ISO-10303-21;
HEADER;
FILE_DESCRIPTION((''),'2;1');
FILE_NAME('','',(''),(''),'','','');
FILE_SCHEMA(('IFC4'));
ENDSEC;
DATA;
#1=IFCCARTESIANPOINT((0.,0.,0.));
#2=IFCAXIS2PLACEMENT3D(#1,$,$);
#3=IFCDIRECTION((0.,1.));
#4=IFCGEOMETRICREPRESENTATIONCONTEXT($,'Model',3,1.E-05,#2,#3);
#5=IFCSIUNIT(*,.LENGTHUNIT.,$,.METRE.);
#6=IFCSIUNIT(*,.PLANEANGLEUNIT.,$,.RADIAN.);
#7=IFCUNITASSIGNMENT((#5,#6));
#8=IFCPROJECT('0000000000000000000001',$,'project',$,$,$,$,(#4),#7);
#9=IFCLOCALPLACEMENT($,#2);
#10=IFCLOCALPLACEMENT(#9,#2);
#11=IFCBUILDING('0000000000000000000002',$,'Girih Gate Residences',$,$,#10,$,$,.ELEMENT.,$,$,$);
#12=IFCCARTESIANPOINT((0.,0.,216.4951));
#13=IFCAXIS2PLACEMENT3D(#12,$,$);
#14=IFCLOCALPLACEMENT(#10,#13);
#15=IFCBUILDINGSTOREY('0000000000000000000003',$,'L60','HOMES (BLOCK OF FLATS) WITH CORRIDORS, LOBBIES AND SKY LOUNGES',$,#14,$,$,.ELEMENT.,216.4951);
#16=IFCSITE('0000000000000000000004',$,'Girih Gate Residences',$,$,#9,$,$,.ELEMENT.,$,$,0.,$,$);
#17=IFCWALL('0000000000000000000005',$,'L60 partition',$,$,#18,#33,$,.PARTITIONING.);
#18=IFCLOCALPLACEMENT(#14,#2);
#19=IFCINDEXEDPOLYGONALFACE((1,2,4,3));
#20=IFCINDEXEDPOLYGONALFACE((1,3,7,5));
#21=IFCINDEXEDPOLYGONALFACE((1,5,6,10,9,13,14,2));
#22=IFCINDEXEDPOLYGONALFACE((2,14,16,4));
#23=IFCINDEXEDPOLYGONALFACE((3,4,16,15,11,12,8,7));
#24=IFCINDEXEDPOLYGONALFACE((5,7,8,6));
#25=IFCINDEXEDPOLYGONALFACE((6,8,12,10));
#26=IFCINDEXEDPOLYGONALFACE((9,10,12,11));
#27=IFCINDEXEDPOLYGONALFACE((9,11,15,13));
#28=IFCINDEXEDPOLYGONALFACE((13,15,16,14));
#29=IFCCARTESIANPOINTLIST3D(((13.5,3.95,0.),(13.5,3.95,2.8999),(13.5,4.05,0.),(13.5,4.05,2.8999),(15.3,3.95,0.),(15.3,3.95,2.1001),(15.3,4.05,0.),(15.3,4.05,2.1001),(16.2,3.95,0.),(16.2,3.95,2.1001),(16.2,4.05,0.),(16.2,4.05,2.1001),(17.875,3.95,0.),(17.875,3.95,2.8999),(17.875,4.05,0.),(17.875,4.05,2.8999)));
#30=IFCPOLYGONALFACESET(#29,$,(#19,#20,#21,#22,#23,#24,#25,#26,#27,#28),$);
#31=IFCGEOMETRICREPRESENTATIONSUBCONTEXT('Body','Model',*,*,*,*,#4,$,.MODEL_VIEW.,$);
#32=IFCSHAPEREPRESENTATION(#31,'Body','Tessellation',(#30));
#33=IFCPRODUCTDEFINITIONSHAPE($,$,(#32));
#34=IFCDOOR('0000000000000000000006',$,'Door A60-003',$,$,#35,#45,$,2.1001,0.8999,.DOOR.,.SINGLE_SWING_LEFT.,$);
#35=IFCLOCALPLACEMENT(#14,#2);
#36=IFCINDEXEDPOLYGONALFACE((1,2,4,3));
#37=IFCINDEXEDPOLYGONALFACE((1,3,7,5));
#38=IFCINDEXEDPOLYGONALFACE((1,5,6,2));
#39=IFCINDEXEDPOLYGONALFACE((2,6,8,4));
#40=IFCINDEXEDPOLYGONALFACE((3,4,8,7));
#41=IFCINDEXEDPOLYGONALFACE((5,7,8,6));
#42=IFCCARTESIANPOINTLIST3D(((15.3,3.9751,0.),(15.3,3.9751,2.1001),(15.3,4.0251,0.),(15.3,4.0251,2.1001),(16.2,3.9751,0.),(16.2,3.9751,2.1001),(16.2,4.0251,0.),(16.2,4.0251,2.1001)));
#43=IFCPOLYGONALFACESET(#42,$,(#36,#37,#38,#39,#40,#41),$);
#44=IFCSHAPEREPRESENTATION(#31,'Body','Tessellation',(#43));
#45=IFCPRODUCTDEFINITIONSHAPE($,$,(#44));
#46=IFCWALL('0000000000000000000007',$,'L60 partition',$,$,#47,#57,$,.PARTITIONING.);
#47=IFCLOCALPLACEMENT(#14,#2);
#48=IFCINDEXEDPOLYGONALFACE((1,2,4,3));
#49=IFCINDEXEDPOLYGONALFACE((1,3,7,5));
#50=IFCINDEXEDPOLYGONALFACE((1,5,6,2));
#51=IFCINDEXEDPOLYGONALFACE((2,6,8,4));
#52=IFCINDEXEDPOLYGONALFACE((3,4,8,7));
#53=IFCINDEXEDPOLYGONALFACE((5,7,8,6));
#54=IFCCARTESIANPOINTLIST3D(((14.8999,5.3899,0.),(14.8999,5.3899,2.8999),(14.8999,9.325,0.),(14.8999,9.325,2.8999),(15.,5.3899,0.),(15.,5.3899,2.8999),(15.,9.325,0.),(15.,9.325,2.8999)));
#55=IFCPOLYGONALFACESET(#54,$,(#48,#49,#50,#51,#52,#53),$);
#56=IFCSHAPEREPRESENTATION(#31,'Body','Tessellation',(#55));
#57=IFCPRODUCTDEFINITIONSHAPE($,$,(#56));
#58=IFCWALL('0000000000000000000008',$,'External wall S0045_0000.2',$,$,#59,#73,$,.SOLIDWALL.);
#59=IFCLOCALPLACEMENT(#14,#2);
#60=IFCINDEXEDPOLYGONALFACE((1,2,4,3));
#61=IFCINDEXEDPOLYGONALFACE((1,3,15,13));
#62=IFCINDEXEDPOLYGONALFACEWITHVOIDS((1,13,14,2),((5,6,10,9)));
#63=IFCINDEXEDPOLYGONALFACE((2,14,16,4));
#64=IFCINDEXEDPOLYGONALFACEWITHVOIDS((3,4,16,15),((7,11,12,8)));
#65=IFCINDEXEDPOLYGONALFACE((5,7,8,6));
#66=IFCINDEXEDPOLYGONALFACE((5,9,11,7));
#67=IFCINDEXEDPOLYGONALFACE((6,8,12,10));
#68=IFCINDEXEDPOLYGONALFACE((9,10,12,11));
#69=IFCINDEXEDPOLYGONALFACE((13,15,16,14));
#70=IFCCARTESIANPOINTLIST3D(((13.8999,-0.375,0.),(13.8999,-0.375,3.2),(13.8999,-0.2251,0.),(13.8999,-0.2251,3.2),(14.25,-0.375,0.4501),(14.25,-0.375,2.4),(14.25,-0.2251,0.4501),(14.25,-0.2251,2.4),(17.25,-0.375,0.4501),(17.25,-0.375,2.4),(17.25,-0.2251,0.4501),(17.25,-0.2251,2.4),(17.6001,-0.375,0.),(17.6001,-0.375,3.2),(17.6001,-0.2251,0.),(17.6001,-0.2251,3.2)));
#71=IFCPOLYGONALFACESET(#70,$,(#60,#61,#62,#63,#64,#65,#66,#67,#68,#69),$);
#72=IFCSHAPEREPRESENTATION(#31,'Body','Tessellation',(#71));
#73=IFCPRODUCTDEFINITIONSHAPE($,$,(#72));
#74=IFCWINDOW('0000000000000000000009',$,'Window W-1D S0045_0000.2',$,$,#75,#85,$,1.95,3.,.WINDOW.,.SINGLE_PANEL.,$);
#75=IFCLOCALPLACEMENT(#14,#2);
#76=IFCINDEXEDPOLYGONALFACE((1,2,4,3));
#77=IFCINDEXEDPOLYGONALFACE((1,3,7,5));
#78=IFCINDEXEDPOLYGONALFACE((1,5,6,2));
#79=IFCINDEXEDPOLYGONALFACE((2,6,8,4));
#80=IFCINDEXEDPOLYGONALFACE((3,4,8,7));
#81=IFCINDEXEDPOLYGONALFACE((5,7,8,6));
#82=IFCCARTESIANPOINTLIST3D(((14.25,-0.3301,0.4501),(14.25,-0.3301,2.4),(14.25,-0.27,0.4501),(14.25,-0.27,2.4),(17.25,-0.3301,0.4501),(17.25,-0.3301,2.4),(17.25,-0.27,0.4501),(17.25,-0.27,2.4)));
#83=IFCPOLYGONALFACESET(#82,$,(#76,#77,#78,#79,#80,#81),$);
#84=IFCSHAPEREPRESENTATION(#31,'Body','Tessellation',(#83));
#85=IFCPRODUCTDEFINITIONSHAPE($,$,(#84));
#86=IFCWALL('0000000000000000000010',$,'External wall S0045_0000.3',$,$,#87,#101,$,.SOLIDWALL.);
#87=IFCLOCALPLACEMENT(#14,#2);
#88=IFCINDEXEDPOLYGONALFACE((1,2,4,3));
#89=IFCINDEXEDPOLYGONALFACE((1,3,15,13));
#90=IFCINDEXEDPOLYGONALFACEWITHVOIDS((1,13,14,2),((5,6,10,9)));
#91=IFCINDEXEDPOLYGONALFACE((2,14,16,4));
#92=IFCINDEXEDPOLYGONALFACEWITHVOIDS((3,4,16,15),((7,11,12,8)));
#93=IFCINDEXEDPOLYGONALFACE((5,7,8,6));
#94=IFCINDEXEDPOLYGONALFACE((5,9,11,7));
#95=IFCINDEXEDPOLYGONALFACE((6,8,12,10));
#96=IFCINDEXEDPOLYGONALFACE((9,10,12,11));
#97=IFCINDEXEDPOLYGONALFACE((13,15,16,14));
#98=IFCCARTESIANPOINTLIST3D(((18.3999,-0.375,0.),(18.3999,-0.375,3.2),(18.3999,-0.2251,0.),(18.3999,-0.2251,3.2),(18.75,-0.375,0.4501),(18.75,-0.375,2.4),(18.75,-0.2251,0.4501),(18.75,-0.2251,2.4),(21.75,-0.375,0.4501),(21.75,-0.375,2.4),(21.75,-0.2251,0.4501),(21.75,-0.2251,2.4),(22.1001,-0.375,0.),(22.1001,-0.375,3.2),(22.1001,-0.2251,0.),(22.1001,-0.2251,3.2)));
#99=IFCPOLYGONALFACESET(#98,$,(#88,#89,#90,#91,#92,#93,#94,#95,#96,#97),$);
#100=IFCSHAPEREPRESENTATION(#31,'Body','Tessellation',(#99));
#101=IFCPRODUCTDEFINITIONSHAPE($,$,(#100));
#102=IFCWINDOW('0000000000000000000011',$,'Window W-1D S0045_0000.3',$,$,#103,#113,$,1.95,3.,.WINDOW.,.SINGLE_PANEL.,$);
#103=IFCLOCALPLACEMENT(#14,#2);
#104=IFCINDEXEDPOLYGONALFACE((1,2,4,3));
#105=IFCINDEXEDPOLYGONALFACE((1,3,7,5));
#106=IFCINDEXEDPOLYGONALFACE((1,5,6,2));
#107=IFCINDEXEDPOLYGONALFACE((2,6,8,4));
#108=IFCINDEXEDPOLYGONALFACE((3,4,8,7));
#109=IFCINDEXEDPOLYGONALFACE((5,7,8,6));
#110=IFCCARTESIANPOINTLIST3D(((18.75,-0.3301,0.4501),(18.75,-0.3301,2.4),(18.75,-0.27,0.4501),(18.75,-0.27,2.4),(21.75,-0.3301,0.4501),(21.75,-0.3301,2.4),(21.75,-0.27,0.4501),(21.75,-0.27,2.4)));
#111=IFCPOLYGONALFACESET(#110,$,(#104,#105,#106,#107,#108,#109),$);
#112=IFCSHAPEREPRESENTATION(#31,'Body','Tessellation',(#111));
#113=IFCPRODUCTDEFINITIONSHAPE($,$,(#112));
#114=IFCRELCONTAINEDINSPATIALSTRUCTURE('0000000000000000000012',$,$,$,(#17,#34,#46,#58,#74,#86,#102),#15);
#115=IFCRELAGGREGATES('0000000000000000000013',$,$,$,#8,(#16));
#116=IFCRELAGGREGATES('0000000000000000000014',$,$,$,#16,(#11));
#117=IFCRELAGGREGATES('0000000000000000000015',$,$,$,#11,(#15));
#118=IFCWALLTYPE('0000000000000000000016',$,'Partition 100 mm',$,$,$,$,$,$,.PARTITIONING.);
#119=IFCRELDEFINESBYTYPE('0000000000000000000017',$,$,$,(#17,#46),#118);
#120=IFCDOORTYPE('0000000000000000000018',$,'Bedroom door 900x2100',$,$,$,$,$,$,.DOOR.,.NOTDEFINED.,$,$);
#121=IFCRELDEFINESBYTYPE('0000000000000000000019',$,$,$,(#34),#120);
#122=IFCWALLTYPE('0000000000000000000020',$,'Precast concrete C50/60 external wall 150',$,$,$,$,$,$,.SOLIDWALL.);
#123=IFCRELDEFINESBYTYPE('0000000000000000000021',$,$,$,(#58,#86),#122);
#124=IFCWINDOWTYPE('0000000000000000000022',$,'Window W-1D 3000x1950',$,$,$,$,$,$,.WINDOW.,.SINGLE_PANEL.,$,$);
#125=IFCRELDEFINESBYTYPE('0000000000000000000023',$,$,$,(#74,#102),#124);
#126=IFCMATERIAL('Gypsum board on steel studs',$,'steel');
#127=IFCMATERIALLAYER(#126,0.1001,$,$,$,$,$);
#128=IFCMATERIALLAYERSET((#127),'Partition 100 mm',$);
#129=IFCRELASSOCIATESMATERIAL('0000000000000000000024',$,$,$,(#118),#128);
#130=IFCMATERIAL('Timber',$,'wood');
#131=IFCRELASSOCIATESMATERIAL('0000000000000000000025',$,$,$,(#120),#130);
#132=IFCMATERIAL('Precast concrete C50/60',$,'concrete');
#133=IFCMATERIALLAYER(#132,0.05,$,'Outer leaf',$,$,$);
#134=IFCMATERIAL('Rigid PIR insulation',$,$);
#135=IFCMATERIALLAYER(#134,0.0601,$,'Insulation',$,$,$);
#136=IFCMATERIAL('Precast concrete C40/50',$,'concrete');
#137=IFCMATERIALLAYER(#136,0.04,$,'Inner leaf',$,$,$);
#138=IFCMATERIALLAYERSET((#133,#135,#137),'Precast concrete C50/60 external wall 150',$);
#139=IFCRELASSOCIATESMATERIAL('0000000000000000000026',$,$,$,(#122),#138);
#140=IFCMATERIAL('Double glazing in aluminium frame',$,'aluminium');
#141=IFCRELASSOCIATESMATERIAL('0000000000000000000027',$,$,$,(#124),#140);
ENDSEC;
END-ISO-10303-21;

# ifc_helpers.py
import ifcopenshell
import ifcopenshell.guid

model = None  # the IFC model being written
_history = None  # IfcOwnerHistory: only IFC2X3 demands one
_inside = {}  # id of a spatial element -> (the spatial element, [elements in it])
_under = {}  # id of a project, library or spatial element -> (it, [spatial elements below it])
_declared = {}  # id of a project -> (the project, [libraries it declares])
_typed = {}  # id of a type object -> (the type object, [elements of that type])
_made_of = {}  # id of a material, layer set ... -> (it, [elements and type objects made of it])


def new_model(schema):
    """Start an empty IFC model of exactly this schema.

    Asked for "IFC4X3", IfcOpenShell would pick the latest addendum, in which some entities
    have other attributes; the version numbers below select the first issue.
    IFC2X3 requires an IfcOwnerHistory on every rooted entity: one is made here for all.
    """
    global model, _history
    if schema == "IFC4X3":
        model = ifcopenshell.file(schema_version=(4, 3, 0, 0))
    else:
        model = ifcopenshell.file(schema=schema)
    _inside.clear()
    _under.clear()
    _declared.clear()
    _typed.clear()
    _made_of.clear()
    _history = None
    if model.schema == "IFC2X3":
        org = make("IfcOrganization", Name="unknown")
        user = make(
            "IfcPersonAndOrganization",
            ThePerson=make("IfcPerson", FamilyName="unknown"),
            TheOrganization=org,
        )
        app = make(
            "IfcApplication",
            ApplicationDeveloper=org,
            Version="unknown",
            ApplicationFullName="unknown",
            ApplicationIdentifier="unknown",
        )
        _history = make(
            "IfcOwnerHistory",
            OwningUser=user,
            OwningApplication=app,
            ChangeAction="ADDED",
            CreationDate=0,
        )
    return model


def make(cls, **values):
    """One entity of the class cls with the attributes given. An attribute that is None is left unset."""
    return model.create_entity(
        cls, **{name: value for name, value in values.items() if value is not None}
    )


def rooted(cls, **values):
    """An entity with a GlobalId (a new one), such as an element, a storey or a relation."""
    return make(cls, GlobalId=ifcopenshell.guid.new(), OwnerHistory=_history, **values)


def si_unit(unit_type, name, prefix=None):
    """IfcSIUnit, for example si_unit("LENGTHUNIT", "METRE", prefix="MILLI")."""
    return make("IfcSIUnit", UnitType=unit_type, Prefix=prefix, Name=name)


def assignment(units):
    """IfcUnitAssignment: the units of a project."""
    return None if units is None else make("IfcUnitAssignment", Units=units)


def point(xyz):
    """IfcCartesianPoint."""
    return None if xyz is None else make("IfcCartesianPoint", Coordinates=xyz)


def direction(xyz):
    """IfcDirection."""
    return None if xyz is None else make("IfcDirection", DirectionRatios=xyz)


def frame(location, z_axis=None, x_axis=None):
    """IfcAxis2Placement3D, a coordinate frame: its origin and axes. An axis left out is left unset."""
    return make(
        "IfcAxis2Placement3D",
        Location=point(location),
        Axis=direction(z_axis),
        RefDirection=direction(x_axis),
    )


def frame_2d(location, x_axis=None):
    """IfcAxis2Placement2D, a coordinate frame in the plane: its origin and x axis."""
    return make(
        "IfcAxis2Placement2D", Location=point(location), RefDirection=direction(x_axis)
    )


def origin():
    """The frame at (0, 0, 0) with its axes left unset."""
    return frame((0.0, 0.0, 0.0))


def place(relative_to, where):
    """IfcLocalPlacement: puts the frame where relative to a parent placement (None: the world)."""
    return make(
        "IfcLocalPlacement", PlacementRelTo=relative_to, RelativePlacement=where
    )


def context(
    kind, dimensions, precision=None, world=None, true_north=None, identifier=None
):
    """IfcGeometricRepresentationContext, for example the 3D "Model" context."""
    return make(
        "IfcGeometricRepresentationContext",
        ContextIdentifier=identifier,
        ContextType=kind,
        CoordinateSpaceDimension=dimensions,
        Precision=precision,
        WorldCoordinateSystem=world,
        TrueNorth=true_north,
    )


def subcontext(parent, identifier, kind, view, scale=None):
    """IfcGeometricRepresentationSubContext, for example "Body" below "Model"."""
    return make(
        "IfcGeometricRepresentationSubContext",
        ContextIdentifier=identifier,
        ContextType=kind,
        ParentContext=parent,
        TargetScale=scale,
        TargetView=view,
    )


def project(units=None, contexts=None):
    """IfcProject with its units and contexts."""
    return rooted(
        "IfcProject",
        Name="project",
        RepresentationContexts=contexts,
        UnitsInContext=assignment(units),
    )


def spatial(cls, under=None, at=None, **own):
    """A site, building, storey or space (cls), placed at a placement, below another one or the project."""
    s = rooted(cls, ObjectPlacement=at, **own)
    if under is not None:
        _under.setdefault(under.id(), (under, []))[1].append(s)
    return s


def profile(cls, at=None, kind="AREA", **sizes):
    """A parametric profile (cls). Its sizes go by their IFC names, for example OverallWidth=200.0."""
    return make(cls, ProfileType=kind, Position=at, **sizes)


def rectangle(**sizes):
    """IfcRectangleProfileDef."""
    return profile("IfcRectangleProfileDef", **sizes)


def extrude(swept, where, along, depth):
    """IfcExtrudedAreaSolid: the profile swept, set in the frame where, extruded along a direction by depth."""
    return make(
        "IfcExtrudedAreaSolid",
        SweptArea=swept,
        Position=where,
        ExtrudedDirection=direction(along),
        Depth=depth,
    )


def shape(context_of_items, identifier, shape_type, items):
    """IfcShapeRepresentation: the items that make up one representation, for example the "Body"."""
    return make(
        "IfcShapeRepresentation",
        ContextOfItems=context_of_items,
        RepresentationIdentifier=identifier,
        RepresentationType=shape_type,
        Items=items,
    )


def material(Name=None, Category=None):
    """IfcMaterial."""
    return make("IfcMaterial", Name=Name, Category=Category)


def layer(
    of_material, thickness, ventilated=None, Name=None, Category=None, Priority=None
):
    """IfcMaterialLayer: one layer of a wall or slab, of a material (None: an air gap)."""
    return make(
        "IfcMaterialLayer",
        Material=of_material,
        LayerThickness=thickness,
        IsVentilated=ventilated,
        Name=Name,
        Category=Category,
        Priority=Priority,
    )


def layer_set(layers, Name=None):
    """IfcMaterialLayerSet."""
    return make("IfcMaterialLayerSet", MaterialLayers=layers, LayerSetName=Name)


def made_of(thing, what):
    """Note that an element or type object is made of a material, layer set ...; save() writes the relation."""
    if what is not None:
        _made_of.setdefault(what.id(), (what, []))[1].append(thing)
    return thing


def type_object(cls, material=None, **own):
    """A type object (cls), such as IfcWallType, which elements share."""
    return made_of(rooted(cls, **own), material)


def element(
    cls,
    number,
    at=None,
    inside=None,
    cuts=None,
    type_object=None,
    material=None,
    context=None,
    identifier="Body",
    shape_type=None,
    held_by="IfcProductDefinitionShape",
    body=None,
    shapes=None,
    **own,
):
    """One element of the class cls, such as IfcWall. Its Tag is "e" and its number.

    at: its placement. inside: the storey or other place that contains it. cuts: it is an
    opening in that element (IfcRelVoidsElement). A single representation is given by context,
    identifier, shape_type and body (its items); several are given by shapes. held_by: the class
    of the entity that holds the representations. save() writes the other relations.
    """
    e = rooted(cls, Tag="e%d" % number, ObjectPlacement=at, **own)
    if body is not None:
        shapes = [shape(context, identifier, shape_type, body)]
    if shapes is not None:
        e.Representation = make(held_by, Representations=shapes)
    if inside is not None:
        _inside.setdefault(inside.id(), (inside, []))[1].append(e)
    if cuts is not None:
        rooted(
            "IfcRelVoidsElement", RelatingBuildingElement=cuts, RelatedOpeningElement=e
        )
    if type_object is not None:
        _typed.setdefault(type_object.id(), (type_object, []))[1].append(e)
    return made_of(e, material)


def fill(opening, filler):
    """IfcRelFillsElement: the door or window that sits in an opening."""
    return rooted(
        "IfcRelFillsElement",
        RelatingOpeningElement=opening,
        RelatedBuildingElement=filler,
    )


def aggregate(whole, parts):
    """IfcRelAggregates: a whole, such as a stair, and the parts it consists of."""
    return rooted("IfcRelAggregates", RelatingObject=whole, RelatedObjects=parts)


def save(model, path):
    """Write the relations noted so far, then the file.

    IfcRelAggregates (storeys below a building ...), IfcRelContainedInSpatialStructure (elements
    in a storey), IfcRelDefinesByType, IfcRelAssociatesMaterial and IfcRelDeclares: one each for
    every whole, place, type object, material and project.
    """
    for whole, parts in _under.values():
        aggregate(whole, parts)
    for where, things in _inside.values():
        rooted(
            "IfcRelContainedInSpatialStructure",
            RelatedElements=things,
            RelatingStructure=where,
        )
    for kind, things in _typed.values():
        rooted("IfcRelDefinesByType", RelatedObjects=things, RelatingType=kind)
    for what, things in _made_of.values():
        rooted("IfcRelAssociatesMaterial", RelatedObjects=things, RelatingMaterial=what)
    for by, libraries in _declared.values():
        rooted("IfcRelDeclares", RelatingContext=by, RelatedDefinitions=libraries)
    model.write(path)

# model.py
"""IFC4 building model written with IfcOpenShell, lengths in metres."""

from ifc_helpers import new_model, si_unit, direction, frame, frame_2d, origin, place, context, subcontext, project, spatial, rectangle, extrude, material, layer, layer_set, type_object, element, fill, save


model = new_model("IFC4")

# Units and contexts
model_context = context("Model", 3, precision=1e-05, world=origin(), true_north=direction((0.0, 1.0)))
body_context = subcontext(model_context, "Body", "Model", "MODEL_VIEW")
ifc_project = project(units=[si_unit("LENGTHUNIT", "METRE"), si_unit("PLANEANGLEUNIT", "RADIAN")], contexts=[model_context])

# Site, building, storey
site_placement = place(None, origin())
site = spatial("IfcSite", under=ifc_project, at=site_placement, Name="Girih Gate Residences", CompositionType="ELEMENT", RefElevation=0.0)
building_placement = place(site_placement, origin())
building = spatial("IfcBuilding", under=site, at=building_placement, Name="Girih Gate Residences", CompositionType="ELEMENT")
storey_placement = place(building_placement, frame((0.0, 0.0, 216.4951)))
storey = spatial("IfcBuildingStorey", under=building, at=storey_placement, Name="L60", Description="HOMES (BLOCK OF FLATS) WITH CORRIDORS, LOBBIES AND SKY LOUNGES", CompositionType="ELEMENT", Elevation=216.4951)

# Shared definitions
ifc_material_1 = material(Name="Gypsum board on steel studs", Category="steel")

# Shared definitions
ifc_layer_1 = layer(ifc_material_1, 0.1001)
ifc_layer_set_1 = layer_set([ifc_layer_1], Name="Partition 100 mm")
wall_type_1 = type_object("IfcWallType", Name="Partition 100 mm", PredefinedType="PARTITIONING", material=ifc_layer_set_1)

# Wall, opening, door
ifc_material_2 = material(Name="Timber", Category="wood")
door_type_1 = type_object("IfcDoorType", Name="Bedroom door 900x2100", OperationType="NOTDEFINED", PredefinedType="DOOR", material=ifc_material_2)
wall_1_placement = place(storey_placement, frame((17.875, 4.0, 0.0), z_axis=(0.0, 0.0, 1.0), x_axis=(-1.0, 0.0, 0.0)))
wall_1 = element("IfcWall", 1, at=wall_1_placement, inside=storey, type_object=wall_type_1, Name="L60 partition", PredefinedType="PARTITIONING", context=body_context, shape_type="SweptSolid", body=[
    extrude(rectangle(XDim=4.375, YDim=0.1001, at=frame_2d((2.1875, 0.0))), origin(), (0.0, 0.0, 1.0), 2.8999),
])
opening_1_placement = place(wall_1_placement, frame((1.675, 0.0, 0.0)))
opening_1 = element("IfcOpeningElement", 2, at=opening_1_placement, cuts=wall_1, PredefinedType="OPENING", context=body_context, shape_type="SweptSolid", body=[
    extrude(rectangle(XDim=0.8999, YDim=2.1001, at=frame_2d((0.45, 1.05))), frame((0.0, 0.0601, 0.0), z_axis=(0.0, -1.0, 0.0), x_axis=(1.0, 0.0, 0.0)), (0.0, 0.0, 1.0), 0.1201),
])
door_1_placement = place(opening_1_placement, origin())
door_1 = element("IfcDoor", 3, at=door_1_placement, inside=storey, type_object=door_type_1, Name="Door A60-003", OperationType="SINGLE_SWING_LEFT", OverallHeight=2.1001, OverallWidth=0.8999, PredefinedType="DOOR", context=body_context, shape_type="SweptSolid", body=[
    extrude(rectangle(XDim=0.8999, YDim=2.1001, at=frame_2d((0.45, 1.05))), frame((0.0, 0.0249, 0.0), z_axis=(0.0, -1.0, 0.0), x_axis=(1.0, 0.0, 0.0)), (0.0, 0.0, 1.0), 0.05),
])
fill(opening_1, door_1)

# Wall
wall_2_placement = place(storey_placement, frame((14.95, 5.3899, 0.0), z_axis=(0.0, 0.0, 1.0), x_axis=(0.0, 1.0, 0.0)))
element("IfcWall", 4, at=wall_2_placement, inside=storey, type_object=wall_type_1, Name="L60 partition", PredefinedType="PARTITIONING", context=body_context, shape_type="SweptSolid", body=[
    extrude(rectangle(XDim=3.9351, YDim=0.1001, at=frame_2d((1.9675, 0.0))), origin(), (0.0, 0.0, 1.0), 2.8999),
])

# Walls, openings, windows
ifc_material_3 = material(Name="Precast concrete C50/60", Category="concrete")
ifc_layer_2 = layer(ifc_material_3, 0.05, Name="Outer leaf")
ifc_material_4 = material(Name="Rigid PIR insulation")
ifc_layer_3 = layer(ifc_material_4, 0.0601, Name="Insulation")
ifc_material_5 = material(Name="Precast concrete C40/50", Category="concrete")
ifc_layer_4 = layer(ifc_material_5, 0.04, Name="Inner leaf")
ifc_layer_set_2 = layer_set([ifc_layer_2, ifc_layer_3, ifc_layer_4], Name="Precast concrete C50/60 external wall 150")
wall_type_2 = type_object("IfcWallType", Name="Precast concrete C50/60 external wall 150", PredefinedType="SOLIDWALL", material=ifc_layer_set_2)
wall_3_placement = place(storey_placement, frame((17.6001, -0.3, 0.0), z_axis=(0.0, 0.0, 1.0), x_axis=(-1.0, 0.0, 0.0)))
wall_3 = element("IfcWall", 5, at=wall_3_placement, inside=storey, type_object=wall_type_2, Name="External wall S0045_0000.2", PredefinedType="SOLIDWALL", context=body_context, shape_type="SweptSolid", body=[
    extrude(rectangle(XDim=3.7002, YDim=0.1499, at=frame_2d((1.8501, 0.0))), origin(), (0.0, 0.0, 1.0), 3.2),
])
opening_2_placement = place(wall_3_placement, frame((0.3501, 0.0, 0.45)))
opening_2 = element("IfcOpeningElement", 6, at=opening_2_placement, cuts=wall_3, PredefinedType="OPENING", context=body_context, shape_type="SweptSolid", body=[
    extrude(rectangle(XDim=3.0, YDim=1.95, at=frame_2d((1.5, 0.9751))), frame((0.0, 0.085, 0.0), z_axis=(0.0, -1.0, 0.0), x_axis=(1.0, 0.0, 0.0)), (0.0, 0.0, 1.0), 0.1699),
])
ifc_material_6 = material(Name="Double glazing in aluminium frame", Category="aluminium")
window_type = type_object("IfcWindowType", Name="Window W-1D 3000x1950", PartitioningType="SINGLE_PANEL", PredefinedType="WINDOW", material=ifc_material_6)
window_1_placement = place(opening_2_placement, origin())
window_1 = element("IfcWindow", 7, at=window_1_placement, inside=storey, type_object=window_type, Name="Window W-1D S0045_0000.2", OverallHeight=1.95, OverallWidth=3.0, PartitioningType="SINGLE_PANEL", PredefinedType="WINDOW", context=body_context, shape_type="SweptSolid", body=[
    extrude(rectangle(XDim=3.0, YDim=1.95, at=frame_2d((1.5, 0.9751))), frame((0.0, 0.03, 0.0), z_axis=(0.0, -1.0, 0.0), x_axis=(1.0, 0.0, 0.0)), (0.0, 0.0, 1.0), 0.0601),
])
fill(opening_2, window_1)
wall_4_placement = place(storey_placement, frame((22.1001, -0.3, 0.0), z_axis=(0.0, 0.0, 1.0), x_axis=(-1.0, 0.0, 0.0)))
wall_4 = element("IfcWall", 8, at=wall_4_placement, inside=storey, type_object=wall_type_2, Name="External wall S0045_0000.3", PredefinedType="SOLIDWALL", context=body_context, shape_type="SweptSolid", body=[
    extrude(rectangle(XDim=3.7002, YDim=0.1499, at=frame_2d((1.8501, 0.0))), origin(), (0.0, 0.0, 1.0), 3.2),
])
opening_3_placement = place(wall_4_placement, frame((0.3501, 0.0, 0.45)))
opening_3 = element("IfcOpeningElement", 9, at=opening_3_placement, cuts=wall_4, PredefinedType="OPENING", context=body_context, shape_type="SweptSolid", body=[
    extrude(rectangle(XDim=3.0, YDim=1.95, at=frame_2d((1.5, 0.9751))), frame((0.0, 0.085, 0.0), z_axis=(0.0, -1.0, 0.0), x_axis=(1.0, 0.0, 0.0)), (0.0, 0.0, 1.0), 0.1699),
])
window_2_placement = place(opening_3_placement, origin())
window_2 = element("IfcWindow", 10, at=window_2_placement, inside=storey, type_object=window_type, Name="Window W-1D S0045_0000.3", OverallHeight=1.95, OverallWidth=3.0, PartitioningType="SINGLE_PANEL", PredefinedType="WINDOW", context=body_context, shape_type="SweptSolid", body=[
    extrude(rectangle(XDim=3.0, YDim=1.95, at=frame_2d((1.5, 0.9751))), frame((0.0, 0.03, 0.0), z_axis=(0.0, -1.0, 0.0), x_axis=(1.0, 0.0, 0.0)), (0.0, 0.0, 1.0), 0.0601),
])
fill(opening_3, window_2)

save(model, "model.ifc")
